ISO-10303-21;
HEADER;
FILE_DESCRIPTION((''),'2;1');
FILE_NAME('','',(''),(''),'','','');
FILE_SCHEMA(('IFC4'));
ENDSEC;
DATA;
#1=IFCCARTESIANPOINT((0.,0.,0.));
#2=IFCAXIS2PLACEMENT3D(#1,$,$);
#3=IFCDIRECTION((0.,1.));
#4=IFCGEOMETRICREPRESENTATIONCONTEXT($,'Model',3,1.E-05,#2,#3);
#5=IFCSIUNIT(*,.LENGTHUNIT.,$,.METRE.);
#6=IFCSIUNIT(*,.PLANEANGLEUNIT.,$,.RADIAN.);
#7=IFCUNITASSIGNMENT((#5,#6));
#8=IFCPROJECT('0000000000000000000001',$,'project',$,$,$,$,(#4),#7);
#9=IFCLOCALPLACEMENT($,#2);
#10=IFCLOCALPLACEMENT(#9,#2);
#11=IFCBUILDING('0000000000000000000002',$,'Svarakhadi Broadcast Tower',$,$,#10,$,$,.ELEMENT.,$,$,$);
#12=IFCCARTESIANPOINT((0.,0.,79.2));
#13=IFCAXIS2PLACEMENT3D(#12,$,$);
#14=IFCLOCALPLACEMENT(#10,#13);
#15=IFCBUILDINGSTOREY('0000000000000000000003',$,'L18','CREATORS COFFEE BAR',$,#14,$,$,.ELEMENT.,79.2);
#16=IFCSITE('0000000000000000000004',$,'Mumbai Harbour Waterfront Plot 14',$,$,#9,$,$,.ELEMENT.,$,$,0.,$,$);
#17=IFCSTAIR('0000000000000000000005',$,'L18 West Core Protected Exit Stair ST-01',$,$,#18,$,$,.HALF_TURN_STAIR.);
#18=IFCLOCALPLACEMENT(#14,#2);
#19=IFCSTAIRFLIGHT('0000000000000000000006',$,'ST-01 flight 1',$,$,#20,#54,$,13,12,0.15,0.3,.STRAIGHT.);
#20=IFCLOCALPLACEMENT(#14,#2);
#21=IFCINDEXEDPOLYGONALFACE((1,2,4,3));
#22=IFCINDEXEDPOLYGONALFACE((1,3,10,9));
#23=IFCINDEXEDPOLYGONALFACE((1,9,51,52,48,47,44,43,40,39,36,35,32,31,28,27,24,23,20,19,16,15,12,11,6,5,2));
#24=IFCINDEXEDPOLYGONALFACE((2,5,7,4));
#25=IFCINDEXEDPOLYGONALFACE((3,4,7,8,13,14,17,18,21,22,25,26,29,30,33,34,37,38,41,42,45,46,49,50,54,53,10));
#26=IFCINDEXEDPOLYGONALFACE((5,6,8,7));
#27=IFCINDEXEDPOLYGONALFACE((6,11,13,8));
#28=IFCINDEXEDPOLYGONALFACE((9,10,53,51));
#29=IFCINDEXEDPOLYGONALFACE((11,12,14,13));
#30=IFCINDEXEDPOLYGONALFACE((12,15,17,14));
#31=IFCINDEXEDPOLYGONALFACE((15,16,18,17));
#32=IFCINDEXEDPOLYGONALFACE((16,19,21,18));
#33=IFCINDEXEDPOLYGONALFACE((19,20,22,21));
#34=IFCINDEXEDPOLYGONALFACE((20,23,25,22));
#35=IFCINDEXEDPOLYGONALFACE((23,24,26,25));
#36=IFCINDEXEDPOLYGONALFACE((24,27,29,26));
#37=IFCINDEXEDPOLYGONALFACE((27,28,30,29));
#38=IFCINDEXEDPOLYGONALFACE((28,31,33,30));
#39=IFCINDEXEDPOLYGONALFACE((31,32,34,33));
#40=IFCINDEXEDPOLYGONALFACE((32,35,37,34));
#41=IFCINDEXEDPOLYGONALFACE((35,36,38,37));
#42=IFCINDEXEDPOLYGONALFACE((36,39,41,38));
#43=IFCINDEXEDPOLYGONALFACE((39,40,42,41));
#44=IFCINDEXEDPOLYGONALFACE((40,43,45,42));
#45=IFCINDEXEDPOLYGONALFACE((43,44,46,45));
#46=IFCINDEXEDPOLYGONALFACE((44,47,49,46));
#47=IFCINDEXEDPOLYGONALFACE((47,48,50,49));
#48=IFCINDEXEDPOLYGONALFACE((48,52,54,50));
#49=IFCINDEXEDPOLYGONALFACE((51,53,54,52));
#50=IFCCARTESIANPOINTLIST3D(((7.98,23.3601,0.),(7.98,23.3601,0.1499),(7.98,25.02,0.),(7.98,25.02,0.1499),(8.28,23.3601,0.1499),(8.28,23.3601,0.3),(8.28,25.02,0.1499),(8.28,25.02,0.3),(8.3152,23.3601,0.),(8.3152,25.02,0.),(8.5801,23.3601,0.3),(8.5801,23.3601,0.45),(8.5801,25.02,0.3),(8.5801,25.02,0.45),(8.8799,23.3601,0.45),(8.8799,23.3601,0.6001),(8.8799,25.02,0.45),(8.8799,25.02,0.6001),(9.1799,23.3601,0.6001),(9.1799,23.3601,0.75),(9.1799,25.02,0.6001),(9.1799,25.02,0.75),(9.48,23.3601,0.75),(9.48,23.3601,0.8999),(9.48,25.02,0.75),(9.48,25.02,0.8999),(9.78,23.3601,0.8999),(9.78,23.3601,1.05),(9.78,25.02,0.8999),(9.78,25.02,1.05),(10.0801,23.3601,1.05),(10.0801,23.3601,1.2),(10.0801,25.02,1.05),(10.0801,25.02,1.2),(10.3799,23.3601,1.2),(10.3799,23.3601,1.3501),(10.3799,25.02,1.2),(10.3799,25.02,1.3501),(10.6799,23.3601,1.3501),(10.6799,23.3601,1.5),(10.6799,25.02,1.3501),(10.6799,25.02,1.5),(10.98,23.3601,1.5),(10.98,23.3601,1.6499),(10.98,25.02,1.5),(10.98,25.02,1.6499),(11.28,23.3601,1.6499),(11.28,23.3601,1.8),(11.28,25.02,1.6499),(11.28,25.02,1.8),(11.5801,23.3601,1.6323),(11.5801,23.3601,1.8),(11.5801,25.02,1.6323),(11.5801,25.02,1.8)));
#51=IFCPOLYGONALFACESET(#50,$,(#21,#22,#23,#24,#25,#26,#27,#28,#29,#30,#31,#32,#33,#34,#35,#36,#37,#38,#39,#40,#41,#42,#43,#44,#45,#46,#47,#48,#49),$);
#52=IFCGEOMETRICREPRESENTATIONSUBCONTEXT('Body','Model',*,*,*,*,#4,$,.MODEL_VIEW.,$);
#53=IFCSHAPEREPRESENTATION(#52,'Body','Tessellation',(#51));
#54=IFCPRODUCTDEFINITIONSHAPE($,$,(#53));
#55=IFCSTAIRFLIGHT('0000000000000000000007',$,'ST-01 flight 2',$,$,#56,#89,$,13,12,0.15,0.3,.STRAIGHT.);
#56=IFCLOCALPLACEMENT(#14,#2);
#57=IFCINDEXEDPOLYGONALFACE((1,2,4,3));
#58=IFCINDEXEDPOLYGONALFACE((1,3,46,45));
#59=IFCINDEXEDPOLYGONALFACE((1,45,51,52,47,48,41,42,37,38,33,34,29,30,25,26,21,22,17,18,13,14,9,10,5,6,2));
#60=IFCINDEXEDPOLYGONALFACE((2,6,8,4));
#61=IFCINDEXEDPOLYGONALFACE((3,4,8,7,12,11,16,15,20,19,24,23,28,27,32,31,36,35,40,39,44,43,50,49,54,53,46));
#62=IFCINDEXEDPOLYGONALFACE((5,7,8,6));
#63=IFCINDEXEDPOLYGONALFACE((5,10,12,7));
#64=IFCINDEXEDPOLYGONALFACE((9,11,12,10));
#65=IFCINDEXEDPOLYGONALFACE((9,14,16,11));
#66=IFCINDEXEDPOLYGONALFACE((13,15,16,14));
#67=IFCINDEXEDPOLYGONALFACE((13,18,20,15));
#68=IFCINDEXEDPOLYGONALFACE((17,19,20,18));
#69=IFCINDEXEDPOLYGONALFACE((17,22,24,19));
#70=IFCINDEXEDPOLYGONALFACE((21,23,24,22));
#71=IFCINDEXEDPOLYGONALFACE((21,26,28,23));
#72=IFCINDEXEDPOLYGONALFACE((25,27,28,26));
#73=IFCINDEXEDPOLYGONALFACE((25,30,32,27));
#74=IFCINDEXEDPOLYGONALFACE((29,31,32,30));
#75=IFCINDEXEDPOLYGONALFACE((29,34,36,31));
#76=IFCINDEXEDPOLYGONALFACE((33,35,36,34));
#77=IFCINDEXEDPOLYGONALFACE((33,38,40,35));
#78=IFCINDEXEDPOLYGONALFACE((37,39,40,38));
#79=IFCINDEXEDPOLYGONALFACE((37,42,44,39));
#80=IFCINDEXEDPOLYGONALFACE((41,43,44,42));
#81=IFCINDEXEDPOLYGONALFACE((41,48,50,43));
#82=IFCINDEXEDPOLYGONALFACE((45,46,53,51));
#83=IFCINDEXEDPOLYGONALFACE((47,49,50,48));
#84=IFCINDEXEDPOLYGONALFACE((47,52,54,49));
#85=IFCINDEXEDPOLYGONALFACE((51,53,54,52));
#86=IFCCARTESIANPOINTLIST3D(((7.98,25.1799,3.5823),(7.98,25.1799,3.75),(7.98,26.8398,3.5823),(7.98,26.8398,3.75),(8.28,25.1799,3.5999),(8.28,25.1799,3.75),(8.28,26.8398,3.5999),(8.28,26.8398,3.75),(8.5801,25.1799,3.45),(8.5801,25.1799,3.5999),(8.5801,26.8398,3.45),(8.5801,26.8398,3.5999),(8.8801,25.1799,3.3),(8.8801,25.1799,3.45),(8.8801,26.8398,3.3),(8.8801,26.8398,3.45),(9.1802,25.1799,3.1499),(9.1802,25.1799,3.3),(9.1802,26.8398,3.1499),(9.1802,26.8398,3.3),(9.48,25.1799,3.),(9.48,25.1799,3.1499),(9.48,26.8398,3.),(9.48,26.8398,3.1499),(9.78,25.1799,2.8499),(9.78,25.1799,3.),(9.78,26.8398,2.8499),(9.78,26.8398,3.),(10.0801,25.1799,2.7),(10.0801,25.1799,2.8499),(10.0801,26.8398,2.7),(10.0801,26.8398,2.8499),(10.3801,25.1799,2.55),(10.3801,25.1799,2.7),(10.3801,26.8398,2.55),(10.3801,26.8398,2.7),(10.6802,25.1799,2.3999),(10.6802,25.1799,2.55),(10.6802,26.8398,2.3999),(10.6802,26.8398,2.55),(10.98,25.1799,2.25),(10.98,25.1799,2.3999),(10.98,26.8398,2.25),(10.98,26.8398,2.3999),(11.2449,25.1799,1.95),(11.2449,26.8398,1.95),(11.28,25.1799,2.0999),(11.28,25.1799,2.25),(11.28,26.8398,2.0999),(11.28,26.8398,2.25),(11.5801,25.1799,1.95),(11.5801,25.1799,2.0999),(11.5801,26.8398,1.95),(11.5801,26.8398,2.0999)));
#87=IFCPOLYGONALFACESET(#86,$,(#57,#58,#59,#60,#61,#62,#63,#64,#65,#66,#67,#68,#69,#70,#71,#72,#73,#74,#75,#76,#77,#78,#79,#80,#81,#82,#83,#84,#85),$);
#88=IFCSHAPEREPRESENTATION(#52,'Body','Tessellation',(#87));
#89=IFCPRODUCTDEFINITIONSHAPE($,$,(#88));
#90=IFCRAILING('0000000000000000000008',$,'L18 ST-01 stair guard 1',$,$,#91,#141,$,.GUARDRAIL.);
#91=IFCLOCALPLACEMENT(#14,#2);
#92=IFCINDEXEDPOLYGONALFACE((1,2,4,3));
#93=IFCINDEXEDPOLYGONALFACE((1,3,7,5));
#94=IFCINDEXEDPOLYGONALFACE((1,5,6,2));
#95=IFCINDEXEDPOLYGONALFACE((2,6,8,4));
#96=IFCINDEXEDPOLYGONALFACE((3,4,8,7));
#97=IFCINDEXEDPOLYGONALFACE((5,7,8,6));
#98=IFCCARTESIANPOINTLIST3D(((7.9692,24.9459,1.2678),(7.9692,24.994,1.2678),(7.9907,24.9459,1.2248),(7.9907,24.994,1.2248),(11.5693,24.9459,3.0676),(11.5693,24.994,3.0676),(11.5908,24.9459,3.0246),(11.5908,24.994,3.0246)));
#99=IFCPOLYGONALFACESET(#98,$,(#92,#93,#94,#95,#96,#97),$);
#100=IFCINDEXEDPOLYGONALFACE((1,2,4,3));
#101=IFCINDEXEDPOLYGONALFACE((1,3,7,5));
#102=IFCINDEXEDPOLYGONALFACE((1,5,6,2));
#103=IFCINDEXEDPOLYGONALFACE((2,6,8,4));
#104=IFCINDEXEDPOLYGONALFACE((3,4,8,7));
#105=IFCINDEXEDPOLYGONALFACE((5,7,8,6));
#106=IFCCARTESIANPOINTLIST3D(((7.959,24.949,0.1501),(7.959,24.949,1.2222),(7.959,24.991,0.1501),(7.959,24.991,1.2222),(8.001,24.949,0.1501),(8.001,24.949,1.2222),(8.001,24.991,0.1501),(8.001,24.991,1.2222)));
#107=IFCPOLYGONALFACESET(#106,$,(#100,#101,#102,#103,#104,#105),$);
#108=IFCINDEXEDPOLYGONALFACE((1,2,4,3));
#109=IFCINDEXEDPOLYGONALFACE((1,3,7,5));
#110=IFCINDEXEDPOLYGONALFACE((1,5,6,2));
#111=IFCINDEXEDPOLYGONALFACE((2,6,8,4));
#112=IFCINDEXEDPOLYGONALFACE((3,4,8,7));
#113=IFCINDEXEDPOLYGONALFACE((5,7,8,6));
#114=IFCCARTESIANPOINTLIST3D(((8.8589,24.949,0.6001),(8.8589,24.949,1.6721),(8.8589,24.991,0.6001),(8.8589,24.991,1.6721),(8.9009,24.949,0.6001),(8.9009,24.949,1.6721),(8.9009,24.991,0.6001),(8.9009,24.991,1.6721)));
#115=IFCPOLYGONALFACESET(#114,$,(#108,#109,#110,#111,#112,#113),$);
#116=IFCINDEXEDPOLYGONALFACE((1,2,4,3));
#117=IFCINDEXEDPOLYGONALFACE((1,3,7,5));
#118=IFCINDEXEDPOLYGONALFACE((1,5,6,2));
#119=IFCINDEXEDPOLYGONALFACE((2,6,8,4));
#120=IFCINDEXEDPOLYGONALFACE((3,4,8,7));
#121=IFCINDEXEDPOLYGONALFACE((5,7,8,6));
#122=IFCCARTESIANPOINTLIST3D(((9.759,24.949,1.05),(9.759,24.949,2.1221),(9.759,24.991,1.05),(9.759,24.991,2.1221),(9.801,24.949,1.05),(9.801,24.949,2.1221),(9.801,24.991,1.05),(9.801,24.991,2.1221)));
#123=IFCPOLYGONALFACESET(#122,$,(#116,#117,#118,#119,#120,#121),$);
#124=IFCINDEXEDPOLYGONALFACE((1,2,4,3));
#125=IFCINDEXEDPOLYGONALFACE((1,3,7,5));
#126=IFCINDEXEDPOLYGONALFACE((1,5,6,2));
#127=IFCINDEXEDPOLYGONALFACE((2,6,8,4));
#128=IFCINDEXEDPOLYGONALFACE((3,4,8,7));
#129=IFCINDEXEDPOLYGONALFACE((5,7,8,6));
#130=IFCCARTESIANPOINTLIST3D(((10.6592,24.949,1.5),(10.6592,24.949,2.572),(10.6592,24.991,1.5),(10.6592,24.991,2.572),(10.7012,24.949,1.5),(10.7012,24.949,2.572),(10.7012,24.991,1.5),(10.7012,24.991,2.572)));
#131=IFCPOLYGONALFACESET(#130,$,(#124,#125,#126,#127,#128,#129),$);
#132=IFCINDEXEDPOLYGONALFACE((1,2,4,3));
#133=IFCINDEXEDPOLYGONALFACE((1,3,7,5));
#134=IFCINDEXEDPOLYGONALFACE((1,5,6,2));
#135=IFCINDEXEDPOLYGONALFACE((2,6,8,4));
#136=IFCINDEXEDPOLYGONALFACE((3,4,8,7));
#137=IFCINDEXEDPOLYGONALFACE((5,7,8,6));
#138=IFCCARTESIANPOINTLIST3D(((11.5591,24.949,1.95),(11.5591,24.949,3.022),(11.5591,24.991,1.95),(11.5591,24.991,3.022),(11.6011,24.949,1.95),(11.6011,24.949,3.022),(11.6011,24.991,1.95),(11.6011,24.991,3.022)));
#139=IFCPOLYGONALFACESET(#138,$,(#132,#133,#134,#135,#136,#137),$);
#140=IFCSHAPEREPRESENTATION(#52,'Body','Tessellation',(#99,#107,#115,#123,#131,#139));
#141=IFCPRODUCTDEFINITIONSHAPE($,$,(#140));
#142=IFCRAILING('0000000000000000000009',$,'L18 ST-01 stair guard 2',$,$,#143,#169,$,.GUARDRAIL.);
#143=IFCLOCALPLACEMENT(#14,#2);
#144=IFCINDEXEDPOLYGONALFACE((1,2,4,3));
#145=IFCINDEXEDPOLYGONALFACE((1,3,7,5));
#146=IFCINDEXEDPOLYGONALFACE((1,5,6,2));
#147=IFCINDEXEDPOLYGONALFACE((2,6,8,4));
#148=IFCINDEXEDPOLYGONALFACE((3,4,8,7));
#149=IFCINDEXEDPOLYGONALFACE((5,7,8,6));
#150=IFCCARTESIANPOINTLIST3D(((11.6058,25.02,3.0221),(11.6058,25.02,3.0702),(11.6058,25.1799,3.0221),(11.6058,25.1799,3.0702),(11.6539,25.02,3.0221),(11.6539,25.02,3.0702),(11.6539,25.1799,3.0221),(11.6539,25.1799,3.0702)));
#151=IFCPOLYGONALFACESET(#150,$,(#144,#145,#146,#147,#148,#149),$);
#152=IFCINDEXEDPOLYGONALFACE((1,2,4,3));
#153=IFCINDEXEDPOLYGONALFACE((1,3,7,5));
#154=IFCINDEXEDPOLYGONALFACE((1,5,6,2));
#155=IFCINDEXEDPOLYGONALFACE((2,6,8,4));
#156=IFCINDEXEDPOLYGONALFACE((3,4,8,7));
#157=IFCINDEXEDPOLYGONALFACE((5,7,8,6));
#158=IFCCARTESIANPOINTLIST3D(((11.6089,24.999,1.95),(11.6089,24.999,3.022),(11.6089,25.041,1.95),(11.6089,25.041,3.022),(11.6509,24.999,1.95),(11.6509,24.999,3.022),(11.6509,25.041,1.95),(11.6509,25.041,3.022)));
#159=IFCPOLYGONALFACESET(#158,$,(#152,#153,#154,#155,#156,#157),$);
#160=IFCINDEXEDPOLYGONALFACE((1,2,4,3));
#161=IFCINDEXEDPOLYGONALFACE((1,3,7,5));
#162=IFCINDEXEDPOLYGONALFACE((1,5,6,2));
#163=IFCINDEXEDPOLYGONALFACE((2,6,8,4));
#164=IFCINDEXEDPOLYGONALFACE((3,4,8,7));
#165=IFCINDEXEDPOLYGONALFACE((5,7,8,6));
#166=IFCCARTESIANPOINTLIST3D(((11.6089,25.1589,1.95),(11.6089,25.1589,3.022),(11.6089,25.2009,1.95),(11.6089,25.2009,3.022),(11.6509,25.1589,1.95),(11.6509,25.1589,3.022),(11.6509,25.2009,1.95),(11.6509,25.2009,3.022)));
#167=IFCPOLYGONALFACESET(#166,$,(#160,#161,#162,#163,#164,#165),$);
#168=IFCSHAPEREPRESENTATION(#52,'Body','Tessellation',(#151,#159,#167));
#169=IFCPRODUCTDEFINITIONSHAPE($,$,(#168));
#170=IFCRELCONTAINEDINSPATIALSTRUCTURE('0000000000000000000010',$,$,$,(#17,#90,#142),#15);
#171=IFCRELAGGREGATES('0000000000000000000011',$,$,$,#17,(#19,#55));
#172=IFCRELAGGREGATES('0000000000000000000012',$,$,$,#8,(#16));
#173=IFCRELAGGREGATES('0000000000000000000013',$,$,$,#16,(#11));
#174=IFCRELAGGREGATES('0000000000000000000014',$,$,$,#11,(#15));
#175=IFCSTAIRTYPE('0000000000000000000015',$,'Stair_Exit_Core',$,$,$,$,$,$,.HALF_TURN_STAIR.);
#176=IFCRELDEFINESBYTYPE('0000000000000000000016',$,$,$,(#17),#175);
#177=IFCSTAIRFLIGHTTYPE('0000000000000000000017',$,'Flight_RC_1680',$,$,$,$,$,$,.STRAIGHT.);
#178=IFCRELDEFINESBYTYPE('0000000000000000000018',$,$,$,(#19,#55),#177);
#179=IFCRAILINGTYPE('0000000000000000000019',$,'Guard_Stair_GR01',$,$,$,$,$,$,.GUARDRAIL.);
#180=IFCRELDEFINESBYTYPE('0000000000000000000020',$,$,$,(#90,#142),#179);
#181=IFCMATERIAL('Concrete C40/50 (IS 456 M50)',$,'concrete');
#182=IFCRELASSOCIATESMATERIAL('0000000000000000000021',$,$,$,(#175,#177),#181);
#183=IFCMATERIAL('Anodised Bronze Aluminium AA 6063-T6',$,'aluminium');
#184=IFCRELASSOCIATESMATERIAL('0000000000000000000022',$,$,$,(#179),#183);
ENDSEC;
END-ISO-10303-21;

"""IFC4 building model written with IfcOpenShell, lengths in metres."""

from ifc_helpers import new_model, si_unit, direction, frame, origin, origin_2d, place, context, subcontext, project, spatial, polyline, rectangle, outline, extrude, material, type_object, element, aggregate, save


model = new_model("IFC4")

# Units and contexts
model_context = context("Model", 3, precision=1e-05, world=origin(), true_north=direction((0.0, 1.0)))
body_context = subcontext(model_context, "Body", "Model", "MODEL_VIEW")
ifc_project = project(units=[si_unit("LENGTHUNIT", "METRE"), si_unit("PLANEANGLEUNIT", "RADIAN")], contexts=[model_context])

# Site, building, storey
site_placement = place(None, origin())
site = spatial("IfcSite", under=ifc_project, at=site_placement, Name="Mumbai Harbour Waterfront Plot 14", CompositionType="ELEMENT", RefElevation=0.0)
building_placement = place(site_placement, origin())
building = spatial("IfcBuilding", under=site, at=building_placement, Name="Svarakhadi Broadcast Tower", CompositionType="ELEMENT")
storey_placement = place(building_placement, frame((0.0, 0.0, 79.2)))
storey = spatial("IfcBuildingStorey", under=building, at=storey_placement, Name="L18", Description="CREATORS COFFEE BAR", CompositionType="ELEMENT", Elevation=79.2)

# Shared definitions
ifc_material_1 = material(Name="Concrete C40/50 (IS 456 M50)", Category="concrete")

# Stair, stair flights
stair_type = type_object("IfcStairType", Name="Stair_Exit_Core", PredefinedType="HALF_TURN_STAIR", material=ifc_material_1)
stair_placement = place(storey_placement, origin())
stair = element("IfcStair", 1, at=stair_placement, inside=storey, type_object=stair_type, Name="L18 West Core Protected Exit Stair ST-01", PredefinedType="HALF_TURN_STAIR")
stair_flight_type = type_object("IfcStairFlightType", Name="Flight_RC_1680", PredefinedType="STRAIGHT", material=ifc_material_1)
stair_flight_1_placement = place(storey_placement, frame((7.98, 24.1899, 0.0), z_axis=(0.0, 0.0, 1.0), x_axis=(1.0, 0.0, 0.0)))
stair_flight_1 = element("IfcStairFlight", 2, at=stair_flight_1_placement, type_object=stair_flight_type, Name="ST-01 flight 1", NumberOfRisers=13, NumberOfTreads=12, PredefinedType="STRAIGHT", RiserHeight=0.15, TreadLength=0.3, context=body_context, shape_type="SweptSolid", body=[
    extrude(outline(polyline([(0.0, 0.0), (0.0, 0.1499), (0.3, 0.1499), (0.3, 0.3), (0.6001, 0.3), (0.6001, 0.45), (0.8999, 0.45), (0.8999, 0.6001), (1.2, 0.6001), (1.2, 0.75), (1.5, 0.75), (1.5, 0.8999), (1.8, 0.8999), (1.8, 1.05), (2.1001, 1.05), (2.1001, 1.2), (2.3999, 1.2), (2.3999, 1.3501), (2.7, 1.3501), (2.7, 1.5), (3.0, 1.5), (3.0, 1.6499), (3.3, 1.6499), (3.3, 1.8), (3.6001, 1.8), (3.6001, 1.95), (3.6001, 1.6323), (0.3352, 0.0), (0.0, 0.0)])), frame((0.0, 0.8301, 0.0), z_axis=(0.0, -1.0, 0.0), x_axis=(1.0, 0.0, 0.0)), (0.0, 0.0, 1.0), 1.6599),
])
stair_flight_2_placement = place(storey_placement, frame((11.5801, 26.01, 1.95), z_axis=(0.0, 0.0, 1.0), x_axis=(-1.0, 0.0, 0.0)))
stair_flight_2 = element("IfcStairFlight", 3, at=stair_flight_2_placement, type_object=stair_flight_type, Name="ST-01 flight 2", NumberOfRisers=13, NumberOfTreads=12, PredefinedType="STRAIGHT", RiserHeight=0.15, TreadLength=0.3, context=body_context, shape_type="SweptSolid", body=[
    extrude(outline(polyline([(0.0, 0.0), (0.0, 0.1499), (0.3, 0.1499), (0.3, 0.3), (0.6001, 0.3), (0.6001, 0.45), (0.8999, 0.45), (0.8999, 0.6001), (1.2, 0.6001), (1.2, 0.75), (1.5, 0.75), (1.5, 0.8999), (1.8, 0.8999), (1.8, 1.05), (2.1001, 1.05), (2.1001, 1.2), (2.3999, 1.2), (2.3999, 1.3501), (2.7, 1.3501), (2.7, 1.5), (3.0, 1.5), (3.0, 1.6499), (3.3, 1.6499), (3.3, 1.8), (3.6001, 1.8), (3.6001, 1.95), (3.6001, 1.6323), (0.3352, 0.0), (0.0, 0.0)])), frame((0.0, 0.8301, 0.0), z_axis=(0.0, -1.0, 0.0), x_axis=(1.0, 0.0, 0.0)), (0.0, 0.0, 1.0), 1.6599),
])
aggregate(stair, [stair_flight_1, stair_flight_2])

# Railings
ifc_material_2 = material(Name="Anodised Bronze Aluminium AA 6063-T6", Category="aluminium")
railing_type_1 = type_object("IfcRailingType", Name="Guard_Stair_GR01", PredefinedType="GUARDRAIL", material=ifc_material_2)
railing_1_placement = place(storey_placement, frame((7.98, 24.97, 0.1501)))
element("IfcRailing", 4, at=railing_1_placement, inside=storey, type_object=railing_type_1, Name="L18 ST-01 stair guard 1", PredefinedType="GUARDRAIL", context=body_context, shape_type="SweptSolid", body=[
    extrude(rectangle(XDim=0.0481, YDim=0.0481, at=origin_2d()), frame((0.0, 0.0, 1.0962), z_axis=(0.894451, 0.0, 0.447165), x_axis=(0.0, 1.0, 0.0)), (0.0, 0.0, 1.0), 4.0249),
    extrude(rectangle(XDim=0.042, YDim=0.042, at=origin_2d()), origin(), (0.0, 0.0, 1.0), 1.072),
    extrude(rectangle(XDim=0.042, YDim=0.042, at=origin_2d()), frame((0.8999, 0.0, 0.45)), (0.0, 0.0, 1.0), 1.072),
    extrude(rectangle(XDim=0.042, YDim=0.042, at=origin_2d()), frame((1.8, 0.0, 0.8999)), (0.0, 0.0, 1.0), 1.072),
    extrude(rectangle(XDim=0.042, YDim=0.042, at=origin_2d()), frame((2.7002, 0.0, 1.3499)), (0.0, 0.0, 1.0), 1.072),
    extrude(rectangle(XDim=0.042, YDim=0.042, at=origin_2d()), frame((3.6001, 0.0, 1.7998)), (0.0, 0.0, 1.0), 1.072),
])
railing_2_placement = place(storey_placement, frame((11.6299, 25.02, 1.95)))
element("IfcRailing", 5, at=railing_2_placement, inside=storey, type_object=railing_type_1, Name="L18 ST-01 stair guard 2", PredefinedType="GUARDRAIL", context=body_context, shape_type="SweptSolid", body=[
    extrude(rectangle(XDim=0.0481, YDim=0.0481, at=origin_2d()), frame((0.0, 0.0, 1.0962), z_axis=(0.0, 1.0, 0.0), x_axis=(-1.0, 0.0, 0.0)), (0.0, 0.0, 1.0), 0.1599),
    extrude(rectangle(XDim=0.042, YDim=0.042, at=origin_2d()), origin(), (0.0, 0.0, 1.0), 1.072),
    extrude(rectangle(XDim=0.042, YDim=0.042, at=origin_2d()), frame((0.0, 0.1599, 0.0)), (0.0, 0.0, 1.0), 1.072),
])

save(model, "model.ifc")
